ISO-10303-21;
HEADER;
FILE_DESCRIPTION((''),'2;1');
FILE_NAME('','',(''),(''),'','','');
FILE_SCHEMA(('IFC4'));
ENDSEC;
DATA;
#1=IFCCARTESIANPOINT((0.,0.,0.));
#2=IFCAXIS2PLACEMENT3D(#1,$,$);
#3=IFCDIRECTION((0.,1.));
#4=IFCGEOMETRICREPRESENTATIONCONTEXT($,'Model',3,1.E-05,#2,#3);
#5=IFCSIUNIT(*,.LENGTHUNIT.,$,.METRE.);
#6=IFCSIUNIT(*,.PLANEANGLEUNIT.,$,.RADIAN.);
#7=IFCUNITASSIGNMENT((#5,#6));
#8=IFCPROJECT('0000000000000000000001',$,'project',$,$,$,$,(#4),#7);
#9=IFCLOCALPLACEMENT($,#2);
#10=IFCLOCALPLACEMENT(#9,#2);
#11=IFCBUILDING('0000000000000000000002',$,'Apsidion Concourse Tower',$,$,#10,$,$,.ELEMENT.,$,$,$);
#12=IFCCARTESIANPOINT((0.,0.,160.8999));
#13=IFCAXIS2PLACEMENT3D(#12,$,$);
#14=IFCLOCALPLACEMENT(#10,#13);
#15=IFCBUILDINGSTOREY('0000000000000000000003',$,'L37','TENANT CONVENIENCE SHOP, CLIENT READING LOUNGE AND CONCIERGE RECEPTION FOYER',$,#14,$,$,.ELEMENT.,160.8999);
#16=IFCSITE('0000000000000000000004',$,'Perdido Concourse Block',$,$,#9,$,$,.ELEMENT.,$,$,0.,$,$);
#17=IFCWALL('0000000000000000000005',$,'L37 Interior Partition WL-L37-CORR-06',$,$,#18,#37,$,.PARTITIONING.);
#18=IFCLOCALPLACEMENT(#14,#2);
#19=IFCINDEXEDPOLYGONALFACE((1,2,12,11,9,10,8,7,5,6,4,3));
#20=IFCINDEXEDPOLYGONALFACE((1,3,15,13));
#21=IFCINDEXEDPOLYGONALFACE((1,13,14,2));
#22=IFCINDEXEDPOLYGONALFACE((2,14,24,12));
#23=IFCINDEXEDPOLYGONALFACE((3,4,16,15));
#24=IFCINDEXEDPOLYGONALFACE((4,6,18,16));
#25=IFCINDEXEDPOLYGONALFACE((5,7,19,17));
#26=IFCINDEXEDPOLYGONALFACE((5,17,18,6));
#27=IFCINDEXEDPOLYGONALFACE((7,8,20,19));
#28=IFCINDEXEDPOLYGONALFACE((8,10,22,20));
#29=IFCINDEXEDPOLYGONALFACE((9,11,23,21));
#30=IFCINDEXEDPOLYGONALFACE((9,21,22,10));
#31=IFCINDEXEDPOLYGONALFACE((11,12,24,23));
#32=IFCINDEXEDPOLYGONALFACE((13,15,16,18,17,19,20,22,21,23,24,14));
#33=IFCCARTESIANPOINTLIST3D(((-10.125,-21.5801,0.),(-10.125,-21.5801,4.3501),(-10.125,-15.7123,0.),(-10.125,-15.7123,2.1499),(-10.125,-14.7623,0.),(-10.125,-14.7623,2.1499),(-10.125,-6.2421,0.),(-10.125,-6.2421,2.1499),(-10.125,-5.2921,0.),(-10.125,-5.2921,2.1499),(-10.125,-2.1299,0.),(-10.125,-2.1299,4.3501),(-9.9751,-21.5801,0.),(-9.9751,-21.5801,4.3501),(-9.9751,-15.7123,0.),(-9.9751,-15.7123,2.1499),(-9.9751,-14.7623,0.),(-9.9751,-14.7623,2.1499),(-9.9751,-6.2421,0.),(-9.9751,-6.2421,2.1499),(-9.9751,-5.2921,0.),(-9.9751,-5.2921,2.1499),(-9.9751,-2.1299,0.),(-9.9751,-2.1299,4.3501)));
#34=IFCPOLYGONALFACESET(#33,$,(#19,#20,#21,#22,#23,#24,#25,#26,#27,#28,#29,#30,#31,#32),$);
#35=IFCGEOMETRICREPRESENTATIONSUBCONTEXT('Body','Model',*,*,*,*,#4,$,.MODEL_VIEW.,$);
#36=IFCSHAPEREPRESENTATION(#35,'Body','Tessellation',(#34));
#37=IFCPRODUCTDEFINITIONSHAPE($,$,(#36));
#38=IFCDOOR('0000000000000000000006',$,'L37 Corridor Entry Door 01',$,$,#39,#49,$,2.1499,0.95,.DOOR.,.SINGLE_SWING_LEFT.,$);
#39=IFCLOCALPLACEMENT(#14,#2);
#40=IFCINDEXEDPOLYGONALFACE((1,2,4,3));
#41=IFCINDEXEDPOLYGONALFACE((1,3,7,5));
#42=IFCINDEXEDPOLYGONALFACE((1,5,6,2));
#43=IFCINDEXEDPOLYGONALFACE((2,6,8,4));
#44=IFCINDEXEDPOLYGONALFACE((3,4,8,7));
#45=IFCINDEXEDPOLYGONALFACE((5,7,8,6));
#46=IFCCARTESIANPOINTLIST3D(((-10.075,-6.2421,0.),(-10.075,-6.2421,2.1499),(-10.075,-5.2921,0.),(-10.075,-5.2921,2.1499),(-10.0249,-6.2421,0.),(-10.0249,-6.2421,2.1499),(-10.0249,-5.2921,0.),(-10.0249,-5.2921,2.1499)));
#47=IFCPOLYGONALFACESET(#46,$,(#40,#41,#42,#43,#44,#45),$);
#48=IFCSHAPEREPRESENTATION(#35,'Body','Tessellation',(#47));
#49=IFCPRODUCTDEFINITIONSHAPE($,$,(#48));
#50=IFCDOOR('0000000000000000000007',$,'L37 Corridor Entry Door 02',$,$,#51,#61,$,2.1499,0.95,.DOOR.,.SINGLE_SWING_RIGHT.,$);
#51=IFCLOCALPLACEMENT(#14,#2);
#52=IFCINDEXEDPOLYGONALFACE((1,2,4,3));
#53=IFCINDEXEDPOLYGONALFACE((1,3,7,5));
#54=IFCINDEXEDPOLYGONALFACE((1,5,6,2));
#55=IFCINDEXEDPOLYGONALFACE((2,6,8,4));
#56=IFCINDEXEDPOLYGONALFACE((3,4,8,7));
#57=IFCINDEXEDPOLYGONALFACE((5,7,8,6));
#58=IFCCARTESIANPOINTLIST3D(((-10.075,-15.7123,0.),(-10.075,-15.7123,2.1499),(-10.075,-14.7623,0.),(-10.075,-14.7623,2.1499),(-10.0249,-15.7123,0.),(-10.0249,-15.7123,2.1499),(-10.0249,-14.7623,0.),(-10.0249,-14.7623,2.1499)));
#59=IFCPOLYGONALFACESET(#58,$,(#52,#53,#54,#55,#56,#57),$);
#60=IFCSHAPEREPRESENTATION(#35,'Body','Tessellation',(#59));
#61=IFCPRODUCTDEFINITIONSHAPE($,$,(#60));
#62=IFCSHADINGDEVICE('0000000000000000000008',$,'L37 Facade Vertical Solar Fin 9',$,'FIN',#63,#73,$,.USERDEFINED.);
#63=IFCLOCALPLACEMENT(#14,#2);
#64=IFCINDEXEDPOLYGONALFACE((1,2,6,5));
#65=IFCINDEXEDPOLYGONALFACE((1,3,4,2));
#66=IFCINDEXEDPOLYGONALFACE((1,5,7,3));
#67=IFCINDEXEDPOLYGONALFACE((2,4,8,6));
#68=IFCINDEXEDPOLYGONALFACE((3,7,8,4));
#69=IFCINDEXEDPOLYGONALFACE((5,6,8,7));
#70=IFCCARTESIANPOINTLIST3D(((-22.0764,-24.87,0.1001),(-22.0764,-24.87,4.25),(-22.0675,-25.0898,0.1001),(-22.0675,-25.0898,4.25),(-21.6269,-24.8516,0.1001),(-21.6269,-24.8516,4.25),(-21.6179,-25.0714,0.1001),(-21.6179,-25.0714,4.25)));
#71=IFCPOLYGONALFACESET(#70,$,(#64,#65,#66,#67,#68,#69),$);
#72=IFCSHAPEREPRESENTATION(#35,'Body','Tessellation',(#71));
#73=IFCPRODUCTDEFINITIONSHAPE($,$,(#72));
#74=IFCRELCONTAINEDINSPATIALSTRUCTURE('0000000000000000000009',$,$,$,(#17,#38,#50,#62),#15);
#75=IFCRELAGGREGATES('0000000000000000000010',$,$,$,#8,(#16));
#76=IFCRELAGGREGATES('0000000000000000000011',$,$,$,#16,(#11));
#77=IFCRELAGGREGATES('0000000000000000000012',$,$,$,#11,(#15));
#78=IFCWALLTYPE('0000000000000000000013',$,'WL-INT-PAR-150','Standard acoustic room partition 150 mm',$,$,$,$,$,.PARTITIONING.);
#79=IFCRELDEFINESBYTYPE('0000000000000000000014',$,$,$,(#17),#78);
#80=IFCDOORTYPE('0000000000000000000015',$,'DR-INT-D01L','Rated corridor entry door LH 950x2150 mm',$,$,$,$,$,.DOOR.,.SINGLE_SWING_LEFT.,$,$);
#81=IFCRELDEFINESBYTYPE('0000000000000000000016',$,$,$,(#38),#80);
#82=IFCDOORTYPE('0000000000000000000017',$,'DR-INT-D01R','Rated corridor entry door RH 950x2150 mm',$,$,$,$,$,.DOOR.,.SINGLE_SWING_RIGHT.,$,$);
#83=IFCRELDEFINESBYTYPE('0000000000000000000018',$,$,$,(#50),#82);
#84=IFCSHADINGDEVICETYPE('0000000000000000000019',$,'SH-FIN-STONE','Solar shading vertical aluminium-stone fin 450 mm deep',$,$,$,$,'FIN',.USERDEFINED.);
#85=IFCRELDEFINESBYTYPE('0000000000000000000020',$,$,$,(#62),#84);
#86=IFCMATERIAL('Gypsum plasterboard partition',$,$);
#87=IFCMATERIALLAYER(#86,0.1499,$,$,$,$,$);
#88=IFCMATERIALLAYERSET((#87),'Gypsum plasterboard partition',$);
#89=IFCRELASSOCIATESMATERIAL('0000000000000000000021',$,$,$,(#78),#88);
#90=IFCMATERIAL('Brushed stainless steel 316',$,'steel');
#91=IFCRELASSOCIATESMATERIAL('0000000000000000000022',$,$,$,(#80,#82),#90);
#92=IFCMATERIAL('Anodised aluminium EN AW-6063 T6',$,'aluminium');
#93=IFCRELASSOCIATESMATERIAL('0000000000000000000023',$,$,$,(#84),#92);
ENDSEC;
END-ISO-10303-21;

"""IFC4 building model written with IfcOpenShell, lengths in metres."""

from ifc_helpers import new_model, si_unit, direction, frame, frame_2d, origin, origin_2d, place, context, subcontext, project, spatial, rectangle, extrude, material, layer, layer_set, type_object, element, fill, save


model = new_model("IFC4")

# Units and contexts
model_context = context("Model", 3, precision=1e-05, world=origin(), true_north=direction((0.0, 1.0)))
body_context = subcontext(model_context, "Body", "Model", "MODEL_VIEW")
ifc_project = project(units=[si_unit("LENGTHUNIT", "METRE"), si_unit("PLANEANGLEUNIT", "RADIAN")], contexts=[model_context])

# Site, building, storey
site_placement = place(None, origin())
site = spatial("IfcSite", under=ifc_project, at=site_placement, Name="Perdido Concourse Block", CompositionType="ELEMENT", RefElevation=0.0)
building_placement = place(site_placement, origin())
building = spatial("IfcBuilding", under=site, at=building_placement, Name="Apsidion Concourse Tower", CompositionType="ELEMENT")
storey_placement = place(building_placement, frame((0.0, 0.0, 160.8999)))
storey = spatial("IfcBuildingStorey", under=building, at=storey_placement, Name="L37", Description="TENANT CONVENIENCE SHOP, CLIENT READING LOUNGE AND CONCIERGE RECEPTION FOYER", CompositionType="ELEMENT", Elevation=160.8999)

# Shared definitions
ifc_material_1 = material(Name="Anodised aluminium EN AW-6063 T6", Category="aluminium")

# Wall, openings, doors
ifc_material_2 = material(Name="Gypsum plasterboard partition")
ifc_layer_1 = layer(ifc_material_2, 0.1499)
ifc_layer_set_1 = layer_set([ifc_layer_1], Name="Gypsum plasterboard partition")
wall_type_1 = type_object("IfcWallType", Name="WL-INT-PAR-150", Description="Standard acoustic room partition 150 mm", PredefinedType="PARTITIONING", material=ifc_layer_set_1)
wall_1_placement = place(storey_placement, frame((-10.05, -21.5801, 0.0), z_axis=(0.0, 0.0, 1.0), x_axis=(0.0, 1.0, 0.0)))
wall_1 = element("IfcWall", 1, at=wall_1_placement, inside=storey, type_object=wall_type_1, Name="L37 Interior Partition WL-L37-CORR-06", PredefinedType="PARTITIONING", context=body_context, shape_type="SweptSolid", body=[
    extrude(rectangle(XDim=19.4502, YDim=0.1499, at=frame_2d((9.7251, 0.0))), origin(), (0.0, 0.0, 1.0), 4.3501),
])
opening_1_placement = place(wall_1_placement, frame((15.3379, 0.0, 0.0)))
opening_1 = element("IfcOpeningElement", 2, at=opening_1_placement, cuts=wall_1, PredefinedType="OPENING", context=body_context, shape_type="SweptSolid", body=[
    extrude(rectangle(XDim=0.95, YDim=2.1499, at=frame_2d((0.4751, 1.075))), frame((0.0, 0.085, 0.0), z_axis=(0.0, -1.0, 0.0), x_axis=(1.0, 0.0, 0.0)), (0.0, 0.0, 1.0), 0.1699),
])
opening_2_placement = place(wall_1_placement, frame((5.8677, 0.0, 0.0)))
opening_2 = element("IfcOpeningElement", 3, at=opening_2_placement, cuts=wall_1, PredefinedType="OPENING", context=body_context, shape_type="SweptSolid", body=[
    extrude(rectangle(XDim=0.95, YDim=2.1499, at=frame_2d((0.4751, 1.075))), frame((0.0, 0.085, 0.0), z_axis=(0.0, -1.0, 0.0), x_axis=(1.0, 0.0, 0.0)), (0.0, 0.0, 1.0), 0.1699),
])
ifc_material_3 = material(Name="Brushed stainless steel 316", Category="steel")
door_type_1 = type_object("IfcDoorType", Name="DR-INT-D01L", Description="Rated corridor entry door LH 950x2150 mm", OperationType="SINGLE_SWING_LEFT", PredefinedType="DOOR", material=ifc_material_3)
door_1_placement = place(opening_1_placement, origin())
door_1 = element("IfcDoor", 4, at=door_1_placement, inside=storey, type_object=door_type_1, Name="L37 Corridor Entry Door 01", OperationType="SINGLE_SWING_LEFT", OverallHeight=2.1499, OverallWidth=0.95, PredefinedType="DOOR", context=body_context, shape_type="SweptSolid", body=[
    extrude(rectangle(XDim=0.95, YDim=2.1499, at=frame_2d((0.4751, 1.075))), frame((0.0, 0.0249, 0.0), z_axis=(0.0, -1.0, 0.0), x_axis=(1.0, 0.0, 0.0)), (0.0, 0.0, 1.0), 0.05),
])
fill(opening_1, door_1)
door_type_2 = type_object("IfcDoorType", Name="DR-INT-D01R", Description="Rated corridor entry door RH 950x2150 mm", OperationType="SINGLE_SWING_RIGHT", PredefinedType="DOOR", material=ifc_material_3)
door_2_placement = place(opening_2_placement, origin())
door_2 = element("IfcDoor", 5, at=door_2_placement, inside=storey, type_object=door_type_2, Name="L37 Corridor Entry Door 02", OperationType="SINGLE_SWING_RIGHT", OverallHeight=2.1499, OverallWidth=0.95, PredefinedType="DOOR", context=body_context, shape_type="SweptSolid", body=[
    extrude(rectangle(XDim=0.95, YDim=2.1499, at=frame_2d((0.4751, 1.075))), frame((0.0, 0.0249, 0.0), z_axis=(0.0, -1.0, 0.0), x_axis=(1.0, 0.0, 0.0)), (0.0, 0.0, 1.0), 0.05),
])
fill(opening_2, door_2)

# Shading device
shading_device_type = type_object("IfcShadingDeviceType", Name="SH-FIN-STONE", Description="Solar shading vertical aluminium-stone fin 450 mm deep", ElementType="FIN", PredefinedType="USERDEFINED", material=ifc_material_1)
shading_device_placement = place(storey_placement, frame((-21.8472, -24.9707, 0.1001), z_axis=(0.0, 0.0, 1.0), x_axis=(0.040829, -0.999166, 0.0)))
element("IfcShadingDevice", 6, at=shading_device_placement, inside=storey, type_object=shading_device_type, Name="L37 Facade Vertical Solar Fin 9", ObjectType="FIN", PredefinedType="USERDEFINED", context=body_context, shape_type="SweptSolid", body=[
    extrude(rectangle(XDim=0.22, YDim=0.45, at=origin_2d()), origin(), (0.0, 0.0, 1.0), 4.1499),
])

save(model, "model.ifc")
